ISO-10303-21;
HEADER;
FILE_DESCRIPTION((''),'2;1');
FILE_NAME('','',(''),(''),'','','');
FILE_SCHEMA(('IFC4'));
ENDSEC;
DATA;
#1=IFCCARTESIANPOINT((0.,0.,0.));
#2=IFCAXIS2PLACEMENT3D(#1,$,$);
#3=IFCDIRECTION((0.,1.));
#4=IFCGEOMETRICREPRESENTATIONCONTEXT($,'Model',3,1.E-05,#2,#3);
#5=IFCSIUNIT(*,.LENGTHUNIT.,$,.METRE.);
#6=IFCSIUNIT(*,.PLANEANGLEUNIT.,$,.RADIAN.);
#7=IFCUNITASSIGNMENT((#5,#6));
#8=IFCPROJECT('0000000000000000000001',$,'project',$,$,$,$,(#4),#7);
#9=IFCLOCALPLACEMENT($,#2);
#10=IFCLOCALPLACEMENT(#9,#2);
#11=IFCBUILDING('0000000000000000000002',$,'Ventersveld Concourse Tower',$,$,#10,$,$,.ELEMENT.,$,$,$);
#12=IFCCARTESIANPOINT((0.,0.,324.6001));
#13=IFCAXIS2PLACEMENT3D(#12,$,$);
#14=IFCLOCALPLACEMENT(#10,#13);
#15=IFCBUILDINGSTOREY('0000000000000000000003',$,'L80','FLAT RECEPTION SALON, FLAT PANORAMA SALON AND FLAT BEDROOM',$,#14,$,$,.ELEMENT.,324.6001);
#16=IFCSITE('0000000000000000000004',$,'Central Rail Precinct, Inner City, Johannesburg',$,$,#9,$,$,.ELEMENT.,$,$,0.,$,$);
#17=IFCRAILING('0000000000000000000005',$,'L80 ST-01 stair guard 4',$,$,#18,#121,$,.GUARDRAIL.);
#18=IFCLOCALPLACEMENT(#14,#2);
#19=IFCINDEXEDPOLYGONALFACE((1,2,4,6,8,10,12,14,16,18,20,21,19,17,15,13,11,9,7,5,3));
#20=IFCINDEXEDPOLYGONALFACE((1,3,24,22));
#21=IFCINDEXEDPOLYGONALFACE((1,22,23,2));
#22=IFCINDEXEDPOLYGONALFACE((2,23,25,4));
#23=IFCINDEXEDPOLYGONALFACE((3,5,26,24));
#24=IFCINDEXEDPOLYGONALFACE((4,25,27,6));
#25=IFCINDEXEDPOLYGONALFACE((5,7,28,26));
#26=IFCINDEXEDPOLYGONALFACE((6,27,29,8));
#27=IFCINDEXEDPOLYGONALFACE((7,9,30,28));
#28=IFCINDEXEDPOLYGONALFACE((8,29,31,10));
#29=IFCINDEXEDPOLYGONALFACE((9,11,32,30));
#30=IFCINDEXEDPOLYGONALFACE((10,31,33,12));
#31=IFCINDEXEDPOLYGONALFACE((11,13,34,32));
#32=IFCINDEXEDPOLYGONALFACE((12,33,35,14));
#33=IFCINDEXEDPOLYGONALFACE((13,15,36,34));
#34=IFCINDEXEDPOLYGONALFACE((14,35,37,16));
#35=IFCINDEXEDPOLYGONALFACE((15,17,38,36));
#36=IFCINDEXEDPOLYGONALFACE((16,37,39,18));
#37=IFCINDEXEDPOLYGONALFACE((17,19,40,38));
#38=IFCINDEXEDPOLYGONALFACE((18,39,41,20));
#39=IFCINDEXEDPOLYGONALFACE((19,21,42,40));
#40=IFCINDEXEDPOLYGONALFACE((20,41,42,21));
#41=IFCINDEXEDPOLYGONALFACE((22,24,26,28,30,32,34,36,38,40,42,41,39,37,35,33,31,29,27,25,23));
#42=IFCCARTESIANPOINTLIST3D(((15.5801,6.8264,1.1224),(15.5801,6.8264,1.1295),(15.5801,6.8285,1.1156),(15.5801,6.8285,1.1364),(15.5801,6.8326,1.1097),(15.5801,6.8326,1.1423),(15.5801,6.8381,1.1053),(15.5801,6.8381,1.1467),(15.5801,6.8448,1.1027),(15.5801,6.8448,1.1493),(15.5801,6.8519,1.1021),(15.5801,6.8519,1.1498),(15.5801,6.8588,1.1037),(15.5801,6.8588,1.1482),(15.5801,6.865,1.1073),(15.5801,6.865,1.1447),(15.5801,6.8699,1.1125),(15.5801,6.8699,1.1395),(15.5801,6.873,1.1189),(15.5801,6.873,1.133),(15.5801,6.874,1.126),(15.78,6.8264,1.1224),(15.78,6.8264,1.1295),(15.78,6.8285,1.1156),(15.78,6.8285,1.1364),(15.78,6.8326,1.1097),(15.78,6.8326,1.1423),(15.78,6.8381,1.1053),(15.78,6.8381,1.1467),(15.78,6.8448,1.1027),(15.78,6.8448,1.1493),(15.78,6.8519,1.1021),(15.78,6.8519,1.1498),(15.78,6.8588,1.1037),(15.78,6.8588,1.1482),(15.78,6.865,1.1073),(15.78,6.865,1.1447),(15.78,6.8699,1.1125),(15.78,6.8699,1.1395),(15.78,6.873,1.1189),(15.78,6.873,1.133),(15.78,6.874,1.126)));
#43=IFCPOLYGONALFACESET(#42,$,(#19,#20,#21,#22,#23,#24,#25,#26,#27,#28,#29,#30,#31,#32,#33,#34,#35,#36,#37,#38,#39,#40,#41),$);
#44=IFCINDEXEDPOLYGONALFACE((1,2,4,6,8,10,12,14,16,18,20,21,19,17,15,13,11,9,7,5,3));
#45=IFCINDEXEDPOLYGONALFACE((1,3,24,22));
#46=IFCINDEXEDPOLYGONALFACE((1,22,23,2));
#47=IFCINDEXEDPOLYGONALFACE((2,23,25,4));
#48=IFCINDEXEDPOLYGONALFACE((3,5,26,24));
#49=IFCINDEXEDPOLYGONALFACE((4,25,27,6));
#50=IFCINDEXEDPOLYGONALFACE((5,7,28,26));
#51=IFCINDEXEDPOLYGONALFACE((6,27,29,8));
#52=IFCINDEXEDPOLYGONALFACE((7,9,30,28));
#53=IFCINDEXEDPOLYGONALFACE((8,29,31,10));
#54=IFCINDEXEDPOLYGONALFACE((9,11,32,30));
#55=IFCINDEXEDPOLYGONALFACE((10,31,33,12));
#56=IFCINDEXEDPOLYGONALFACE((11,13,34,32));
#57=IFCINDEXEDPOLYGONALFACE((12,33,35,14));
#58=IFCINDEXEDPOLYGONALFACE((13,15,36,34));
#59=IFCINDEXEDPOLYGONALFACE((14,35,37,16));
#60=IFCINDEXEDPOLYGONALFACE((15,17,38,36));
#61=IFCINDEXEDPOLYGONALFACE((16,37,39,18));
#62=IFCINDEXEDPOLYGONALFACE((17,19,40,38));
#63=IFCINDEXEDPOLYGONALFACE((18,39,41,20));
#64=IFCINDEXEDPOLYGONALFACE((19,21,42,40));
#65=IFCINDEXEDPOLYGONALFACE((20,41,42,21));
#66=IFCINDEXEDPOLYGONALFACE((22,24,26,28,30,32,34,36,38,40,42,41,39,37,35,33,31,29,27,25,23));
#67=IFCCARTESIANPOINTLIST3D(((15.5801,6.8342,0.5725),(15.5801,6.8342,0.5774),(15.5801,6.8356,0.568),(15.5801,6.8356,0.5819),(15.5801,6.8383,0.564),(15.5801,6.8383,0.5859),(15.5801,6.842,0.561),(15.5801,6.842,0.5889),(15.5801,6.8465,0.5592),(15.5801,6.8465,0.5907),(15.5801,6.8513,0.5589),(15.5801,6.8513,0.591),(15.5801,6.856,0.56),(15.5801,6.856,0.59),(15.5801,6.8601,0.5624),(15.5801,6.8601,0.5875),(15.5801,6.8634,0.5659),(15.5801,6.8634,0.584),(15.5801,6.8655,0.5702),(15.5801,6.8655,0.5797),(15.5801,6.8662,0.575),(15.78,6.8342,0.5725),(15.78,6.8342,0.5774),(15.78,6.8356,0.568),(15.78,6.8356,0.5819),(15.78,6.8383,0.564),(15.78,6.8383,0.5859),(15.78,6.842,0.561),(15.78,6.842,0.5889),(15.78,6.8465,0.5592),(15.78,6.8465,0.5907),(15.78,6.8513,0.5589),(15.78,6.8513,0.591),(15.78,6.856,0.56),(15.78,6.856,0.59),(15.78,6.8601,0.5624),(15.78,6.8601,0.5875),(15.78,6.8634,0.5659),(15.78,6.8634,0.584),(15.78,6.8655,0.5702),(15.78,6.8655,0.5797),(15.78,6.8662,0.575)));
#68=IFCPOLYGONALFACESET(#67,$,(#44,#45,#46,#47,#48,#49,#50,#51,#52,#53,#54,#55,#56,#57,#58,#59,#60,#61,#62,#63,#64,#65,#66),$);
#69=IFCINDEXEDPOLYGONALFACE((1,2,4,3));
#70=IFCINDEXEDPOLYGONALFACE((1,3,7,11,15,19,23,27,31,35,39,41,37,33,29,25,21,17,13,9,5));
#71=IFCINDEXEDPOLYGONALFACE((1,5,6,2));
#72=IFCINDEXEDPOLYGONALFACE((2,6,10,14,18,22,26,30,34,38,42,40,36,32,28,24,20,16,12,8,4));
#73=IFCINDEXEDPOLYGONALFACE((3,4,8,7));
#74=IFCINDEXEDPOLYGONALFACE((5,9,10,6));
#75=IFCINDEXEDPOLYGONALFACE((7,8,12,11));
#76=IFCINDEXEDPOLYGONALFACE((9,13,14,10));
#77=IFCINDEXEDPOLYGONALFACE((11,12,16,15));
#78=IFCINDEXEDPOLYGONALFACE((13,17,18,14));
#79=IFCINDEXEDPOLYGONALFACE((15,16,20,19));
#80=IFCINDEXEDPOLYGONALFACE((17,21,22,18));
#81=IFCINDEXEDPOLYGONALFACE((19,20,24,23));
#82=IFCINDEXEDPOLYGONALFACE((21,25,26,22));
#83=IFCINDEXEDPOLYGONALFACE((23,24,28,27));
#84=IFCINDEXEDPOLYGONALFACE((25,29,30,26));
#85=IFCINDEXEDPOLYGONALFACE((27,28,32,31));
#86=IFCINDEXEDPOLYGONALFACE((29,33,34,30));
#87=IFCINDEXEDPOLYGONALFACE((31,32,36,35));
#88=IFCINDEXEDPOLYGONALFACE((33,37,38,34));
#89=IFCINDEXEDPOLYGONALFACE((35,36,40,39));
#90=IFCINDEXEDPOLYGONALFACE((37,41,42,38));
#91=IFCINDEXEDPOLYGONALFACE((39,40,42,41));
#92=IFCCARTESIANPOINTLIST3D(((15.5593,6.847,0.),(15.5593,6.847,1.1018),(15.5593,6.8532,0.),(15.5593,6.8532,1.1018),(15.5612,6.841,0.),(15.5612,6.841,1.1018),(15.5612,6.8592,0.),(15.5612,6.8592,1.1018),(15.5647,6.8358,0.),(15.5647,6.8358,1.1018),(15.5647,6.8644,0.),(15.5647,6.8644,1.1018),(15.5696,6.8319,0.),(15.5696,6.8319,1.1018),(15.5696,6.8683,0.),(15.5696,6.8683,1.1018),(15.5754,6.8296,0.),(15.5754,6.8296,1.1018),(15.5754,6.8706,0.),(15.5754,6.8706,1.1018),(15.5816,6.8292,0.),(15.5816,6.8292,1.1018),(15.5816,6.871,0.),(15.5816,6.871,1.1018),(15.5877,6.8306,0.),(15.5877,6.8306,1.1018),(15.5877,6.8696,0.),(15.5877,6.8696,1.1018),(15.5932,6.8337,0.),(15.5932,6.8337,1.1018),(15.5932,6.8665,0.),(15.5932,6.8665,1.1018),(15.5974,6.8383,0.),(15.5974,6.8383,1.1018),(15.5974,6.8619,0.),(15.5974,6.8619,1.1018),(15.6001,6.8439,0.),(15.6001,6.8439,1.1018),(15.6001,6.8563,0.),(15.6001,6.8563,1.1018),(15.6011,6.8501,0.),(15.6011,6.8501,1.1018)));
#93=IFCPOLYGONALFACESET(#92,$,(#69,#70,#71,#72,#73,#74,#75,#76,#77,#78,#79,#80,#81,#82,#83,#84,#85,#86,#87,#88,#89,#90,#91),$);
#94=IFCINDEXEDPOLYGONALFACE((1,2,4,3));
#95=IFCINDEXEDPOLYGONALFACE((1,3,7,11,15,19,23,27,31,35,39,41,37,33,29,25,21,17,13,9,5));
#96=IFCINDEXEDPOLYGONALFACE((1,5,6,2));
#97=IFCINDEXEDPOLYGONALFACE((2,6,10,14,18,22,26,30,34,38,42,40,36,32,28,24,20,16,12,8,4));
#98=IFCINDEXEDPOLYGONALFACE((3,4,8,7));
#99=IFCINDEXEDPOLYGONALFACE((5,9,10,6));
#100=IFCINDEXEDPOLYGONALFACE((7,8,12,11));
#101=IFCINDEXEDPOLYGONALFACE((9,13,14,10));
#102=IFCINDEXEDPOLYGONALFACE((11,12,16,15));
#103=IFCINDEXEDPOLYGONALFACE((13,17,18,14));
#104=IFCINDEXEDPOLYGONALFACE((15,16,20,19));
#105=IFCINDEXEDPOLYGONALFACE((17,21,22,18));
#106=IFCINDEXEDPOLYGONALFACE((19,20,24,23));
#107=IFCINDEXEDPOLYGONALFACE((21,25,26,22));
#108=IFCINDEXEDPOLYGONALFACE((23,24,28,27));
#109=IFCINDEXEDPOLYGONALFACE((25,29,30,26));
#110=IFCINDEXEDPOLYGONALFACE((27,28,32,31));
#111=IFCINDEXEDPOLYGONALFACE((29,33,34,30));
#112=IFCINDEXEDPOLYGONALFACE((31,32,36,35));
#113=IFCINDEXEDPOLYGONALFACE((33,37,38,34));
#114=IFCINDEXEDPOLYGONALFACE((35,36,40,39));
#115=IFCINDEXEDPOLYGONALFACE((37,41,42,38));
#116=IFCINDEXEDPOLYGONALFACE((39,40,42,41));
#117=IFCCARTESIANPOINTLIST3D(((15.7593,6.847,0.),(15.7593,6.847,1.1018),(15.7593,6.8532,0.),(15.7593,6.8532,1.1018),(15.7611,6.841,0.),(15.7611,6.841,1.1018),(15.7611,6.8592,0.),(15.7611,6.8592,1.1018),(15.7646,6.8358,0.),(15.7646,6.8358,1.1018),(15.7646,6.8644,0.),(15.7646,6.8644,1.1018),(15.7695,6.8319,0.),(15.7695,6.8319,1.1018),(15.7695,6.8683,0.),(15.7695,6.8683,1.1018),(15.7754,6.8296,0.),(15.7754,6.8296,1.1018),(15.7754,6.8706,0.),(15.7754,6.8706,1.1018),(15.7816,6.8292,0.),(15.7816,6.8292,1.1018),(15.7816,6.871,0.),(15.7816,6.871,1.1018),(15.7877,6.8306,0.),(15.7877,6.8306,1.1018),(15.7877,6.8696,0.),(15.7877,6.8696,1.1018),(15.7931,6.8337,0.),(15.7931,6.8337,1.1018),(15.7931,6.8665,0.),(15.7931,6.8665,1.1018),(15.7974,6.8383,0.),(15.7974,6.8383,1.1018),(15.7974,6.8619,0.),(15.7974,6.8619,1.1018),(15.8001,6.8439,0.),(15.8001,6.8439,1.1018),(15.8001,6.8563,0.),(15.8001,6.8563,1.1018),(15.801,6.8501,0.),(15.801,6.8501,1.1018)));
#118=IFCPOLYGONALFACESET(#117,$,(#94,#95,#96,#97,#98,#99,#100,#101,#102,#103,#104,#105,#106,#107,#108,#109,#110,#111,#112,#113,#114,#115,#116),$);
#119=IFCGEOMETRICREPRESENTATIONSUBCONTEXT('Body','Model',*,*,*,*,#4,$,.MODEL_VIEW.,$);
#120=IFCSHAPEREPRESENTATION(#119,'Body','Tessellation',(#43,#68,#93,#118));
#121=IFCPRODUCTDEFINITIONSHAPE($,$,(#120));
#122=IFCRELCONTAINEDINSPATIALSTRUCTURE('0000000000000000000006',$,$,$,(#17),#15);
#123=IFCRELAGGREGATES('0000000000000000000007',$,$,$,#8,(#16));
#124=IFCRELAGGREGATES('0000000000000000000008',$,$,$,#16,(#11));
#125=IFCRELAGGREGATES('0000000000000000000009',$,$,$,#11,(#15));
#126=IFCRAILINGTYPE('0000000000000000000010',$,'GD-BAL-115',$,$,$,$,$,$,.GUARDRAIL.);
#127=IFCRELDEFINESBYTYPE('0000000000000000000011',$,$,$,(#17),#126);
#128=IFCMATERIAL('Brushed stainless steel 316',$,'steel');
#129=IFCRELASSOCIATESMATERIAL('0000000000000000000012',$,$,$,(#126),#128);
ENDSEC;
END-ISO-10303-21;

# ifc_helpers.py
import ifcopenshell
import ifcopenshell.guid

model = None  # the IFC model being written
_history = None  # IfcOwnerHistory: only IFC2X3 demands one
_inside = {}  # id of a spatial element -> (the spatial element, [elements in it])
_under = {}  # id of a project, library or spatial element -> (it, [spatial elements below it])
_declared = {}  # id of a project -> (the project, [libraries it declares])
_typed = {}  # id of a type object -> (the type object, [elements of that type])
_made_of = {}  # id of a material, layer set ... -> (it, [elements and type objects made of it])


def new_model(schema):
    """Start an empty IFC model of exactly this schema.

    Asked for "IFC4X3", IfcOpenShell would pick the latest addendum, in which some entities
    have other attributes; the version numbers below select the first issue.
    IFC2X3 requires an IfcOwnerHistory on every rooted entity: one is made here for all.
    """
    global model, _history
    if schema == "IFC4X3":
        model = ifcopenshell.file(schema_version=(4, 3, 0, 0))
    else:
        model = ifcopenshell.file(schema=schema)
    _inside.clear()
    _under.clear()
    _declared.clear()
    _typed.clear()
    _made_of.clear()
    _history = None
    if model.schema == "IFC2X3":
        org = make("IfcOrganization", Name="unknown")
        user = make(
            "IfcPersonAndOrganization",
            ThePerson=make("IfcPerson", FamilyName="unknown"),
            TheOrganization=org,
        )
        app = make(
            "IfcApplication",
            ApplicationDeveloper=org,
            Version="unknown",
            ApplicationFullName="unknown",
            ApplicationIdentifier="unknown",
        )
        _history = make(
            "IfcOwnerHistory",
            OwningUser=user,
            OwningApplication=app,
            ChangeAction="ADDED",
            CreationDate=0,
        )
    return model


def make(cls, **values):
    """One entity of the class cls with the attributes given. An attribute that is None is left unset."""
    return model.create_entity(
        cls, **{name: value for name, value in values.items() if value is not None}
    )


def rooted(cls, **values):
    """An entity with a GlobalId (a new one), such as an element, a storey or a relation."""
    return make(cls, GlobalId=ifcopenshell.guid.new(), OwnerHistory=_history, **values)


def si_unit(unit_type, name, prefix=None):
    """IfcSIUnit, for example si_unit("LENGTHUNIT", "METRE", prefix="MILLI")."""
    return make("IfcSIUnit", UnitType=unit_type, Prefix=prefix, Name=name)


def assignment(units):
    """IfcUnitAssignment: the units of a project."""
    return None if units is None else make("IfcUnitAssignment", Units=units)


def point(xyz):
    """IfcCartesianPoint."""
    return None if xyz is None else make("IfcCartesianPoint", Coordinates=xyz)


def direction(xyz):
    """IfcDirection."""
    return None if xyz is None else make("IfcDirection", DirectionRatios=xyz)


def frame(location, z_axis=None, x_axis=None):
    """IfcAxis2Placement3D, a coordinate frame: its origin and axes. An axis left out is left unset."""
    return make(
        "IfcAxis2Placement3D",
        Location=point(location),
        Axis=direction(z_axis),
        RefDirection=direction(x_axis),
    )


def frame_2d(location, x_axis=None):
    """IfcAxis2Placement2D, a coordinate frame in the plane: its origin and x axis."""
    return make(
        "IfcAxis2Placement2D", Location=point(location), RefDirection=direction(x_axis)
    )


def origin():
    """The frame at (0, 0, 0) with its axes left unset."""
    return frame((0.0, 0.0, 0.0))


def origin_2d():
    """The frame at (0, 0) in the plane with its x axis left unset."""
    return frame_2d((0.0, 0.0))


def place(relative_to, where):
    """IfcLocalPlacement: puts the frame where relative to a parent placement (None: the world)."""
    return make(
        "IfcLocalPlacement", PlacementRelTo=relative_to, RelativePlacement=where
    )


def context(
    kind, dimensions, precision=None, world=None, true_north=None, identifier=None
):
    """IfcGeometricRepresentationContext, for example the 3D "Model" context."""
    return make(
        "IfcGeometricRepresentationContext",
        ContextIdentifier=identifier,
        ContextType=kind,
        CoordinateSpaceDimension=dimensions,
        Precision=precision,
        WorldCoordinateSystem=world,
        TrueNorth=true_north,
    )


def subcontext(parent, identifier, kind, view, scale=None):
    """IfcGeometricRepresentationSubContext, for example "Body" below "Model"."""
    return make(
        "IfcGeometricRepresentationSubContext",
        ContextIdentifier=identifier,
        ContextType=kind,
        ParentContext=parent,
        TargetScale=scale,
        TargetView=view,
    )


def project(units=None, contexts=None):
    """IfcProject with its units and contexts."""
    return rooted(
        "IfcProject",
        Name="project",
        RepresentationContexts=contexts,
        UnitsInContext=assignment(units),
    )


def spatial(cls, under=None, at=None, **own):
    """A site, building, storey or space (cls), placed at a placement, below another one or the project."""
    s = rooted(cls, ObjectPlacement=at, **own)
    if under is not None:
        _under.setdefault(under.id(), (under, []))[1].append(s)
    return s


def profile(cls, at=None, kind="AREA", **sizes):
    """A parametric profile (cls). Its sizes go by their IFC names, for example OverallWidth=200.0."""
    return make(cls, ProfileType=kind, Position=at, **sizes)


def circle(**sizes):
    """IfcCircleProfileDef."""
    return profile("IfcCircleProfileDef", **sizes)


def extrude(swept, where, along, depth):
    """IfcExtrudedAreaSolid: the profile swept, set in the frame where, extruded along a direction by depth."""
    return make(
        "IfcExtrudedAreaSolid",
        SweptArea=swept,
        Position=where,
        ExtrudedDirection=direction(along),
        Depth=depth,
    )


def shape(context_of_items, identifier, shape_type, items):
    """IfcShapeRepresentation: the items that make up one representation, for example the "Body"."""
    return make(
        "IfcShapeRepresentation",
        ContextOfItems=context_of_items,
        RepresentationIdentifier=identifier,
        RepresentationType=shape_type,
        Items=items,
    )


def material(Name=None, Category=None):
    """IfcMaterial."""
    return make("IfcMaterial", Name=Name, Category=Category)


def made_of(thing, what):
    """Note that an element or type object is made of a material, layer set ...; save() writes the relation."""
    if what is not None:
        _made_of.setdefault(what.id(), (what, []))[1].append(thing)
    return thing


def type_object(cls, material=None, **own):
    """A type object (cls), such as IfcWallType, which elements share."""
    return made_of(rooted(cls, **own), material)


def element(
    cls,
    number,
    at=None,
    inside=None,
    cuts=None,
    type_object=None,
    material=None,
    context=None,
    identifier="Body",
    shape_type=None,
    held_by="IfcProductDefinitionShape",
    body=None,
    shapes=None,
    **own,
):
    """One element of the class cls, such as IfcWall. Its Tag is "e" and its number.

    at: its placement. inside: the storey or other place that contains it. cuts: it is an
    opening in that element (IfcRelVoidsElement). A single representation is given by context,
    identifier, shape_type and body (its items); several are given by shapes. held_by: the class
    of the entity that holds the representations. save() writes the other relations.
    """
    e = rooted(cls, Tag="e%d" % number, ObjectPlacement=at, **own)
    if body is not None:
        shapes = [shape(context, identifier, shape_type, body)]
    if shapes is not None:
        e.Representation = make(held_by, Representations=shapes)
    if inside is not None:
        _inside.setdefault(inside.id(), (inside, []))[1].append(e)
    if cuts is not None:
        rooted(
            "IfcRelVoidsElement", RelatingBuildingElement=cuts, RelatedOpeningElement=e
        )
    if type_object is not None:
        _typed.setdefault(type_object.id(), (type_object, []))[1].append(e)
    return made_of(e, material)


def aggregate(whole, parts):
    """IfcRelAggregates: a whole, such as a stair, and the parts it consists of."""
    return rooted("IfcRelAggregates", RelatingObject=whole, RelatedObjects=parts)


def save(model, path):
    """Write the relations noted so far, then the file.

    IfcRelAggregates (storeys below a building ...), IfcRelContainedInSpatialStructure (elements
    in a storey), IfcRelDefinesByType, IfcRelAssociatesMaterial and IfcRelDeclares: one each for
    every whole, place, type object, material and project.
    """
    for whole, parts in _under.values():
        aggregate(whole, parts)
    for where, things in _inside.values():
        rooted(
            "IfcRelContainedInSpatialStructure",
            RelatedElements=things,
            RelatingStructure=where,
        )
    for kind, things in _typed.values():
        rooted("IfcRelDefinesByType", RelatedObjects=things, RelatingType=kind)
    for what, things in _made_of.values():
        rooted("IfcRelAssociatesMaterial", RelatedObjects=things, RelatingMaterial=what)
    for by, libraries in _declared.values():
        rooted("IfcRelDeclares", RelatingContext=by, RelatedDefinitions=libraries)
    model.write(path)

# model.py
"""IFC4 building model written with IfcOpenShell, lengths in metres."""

from ifc_helpers import new_model, si_unit, direction, frame, origin, origin_2d, place, context, subcontext, project, spatial, circle, extrude, material, type_object, element, save


model = new_model("IFC4")

# Units and contexts
model_context = context("Model", 3, precision=1e-05, world=origin(), true_north=direction((0.0, 1.0)))
body_context = subcontext(model_context, "Body", "Model", "MODEL_VIEW")
ifc_project = project(units=[si_unit("LENGTHUNIT", "METRE"), si_unit("PLANEANGLEUNIT", "RADIAN")], contexts=[model_context])

# Site, building, storey
site_placement = place(None, origin())
site = spatial("IfcSite", under=ifc_project, at=site_placement, Name="Central Rail Precinct, Inner City, Johannesburg", CompositionType="ELEMENT", RefElevation=0.0)
building_placement = place(site_placement, origin())
building = spatial("IfcBuilding", under=site, at=building_placement, Name="Ventersveld Concourse Tower", CompositionType="ELEMENT")
storey_placement = place(building_placement, frame((0.0, 0.0, 324.6001)))
storey = spatial("IfcBuildingStorey", under=building, at=storey_placement, Name="L80", Description="FLAT RECEPTION SALON, FLAT PANORAMA SALON AND FLAT BEDROOM", CompositionType="ELEMENT", Elevation=324.6001)

# Shared definitions
ifc_material_1 = material(Name="Brushed stainless steel 316", Category="steel")

# Railing
railing_type_1 = type_object("IfcRailingType", Name="GD-BAL-115", PredefinedType="GUARDRAIL", material=ifc_material_1)
railing_1_placement = place(storey_placement, frame((15.5801, 6.8501, 0.0)))
element("IfcRailing", 1, at=railing_1_placement, inside=storey, type_object=railing_type_1, Name="L80 ST-01 stair guard 4", PredefinedType="GUARDRAIL", context=body_context, shape_type="SweptSolid", body=[
    extrude(circle(Radius=0.0239, at=origin_2d()), frame((0.0, 0.0, 1.126), z_axis=(1.0, 0.0, 0.0), x_axis=(0.0, 1.0, 0.0)), (0.0, 0.0, 1.0), 0.2),
    extrude(circle(Radius=0.0161, at=origin_2d()), frame((0.0, 0.0, 0.575), z_axis=(1.0, 0.0, 0.0), x_axis=(0.0, 1.0, 0.0)), (0.0, 0.0, 1.0), 0.2),
    extrude(circle(Radius=0.021, at=origin_2d()), origin(), (0.0, 0.0, 1.0), 1.1018),
    extrude(circle(Radius=0.021, at=origin_2d()), frame((0.2, 0.0, 0.0)), (0.0, 0.0, 1.0), 1.1018),
])

save(model, "model.ifc")
